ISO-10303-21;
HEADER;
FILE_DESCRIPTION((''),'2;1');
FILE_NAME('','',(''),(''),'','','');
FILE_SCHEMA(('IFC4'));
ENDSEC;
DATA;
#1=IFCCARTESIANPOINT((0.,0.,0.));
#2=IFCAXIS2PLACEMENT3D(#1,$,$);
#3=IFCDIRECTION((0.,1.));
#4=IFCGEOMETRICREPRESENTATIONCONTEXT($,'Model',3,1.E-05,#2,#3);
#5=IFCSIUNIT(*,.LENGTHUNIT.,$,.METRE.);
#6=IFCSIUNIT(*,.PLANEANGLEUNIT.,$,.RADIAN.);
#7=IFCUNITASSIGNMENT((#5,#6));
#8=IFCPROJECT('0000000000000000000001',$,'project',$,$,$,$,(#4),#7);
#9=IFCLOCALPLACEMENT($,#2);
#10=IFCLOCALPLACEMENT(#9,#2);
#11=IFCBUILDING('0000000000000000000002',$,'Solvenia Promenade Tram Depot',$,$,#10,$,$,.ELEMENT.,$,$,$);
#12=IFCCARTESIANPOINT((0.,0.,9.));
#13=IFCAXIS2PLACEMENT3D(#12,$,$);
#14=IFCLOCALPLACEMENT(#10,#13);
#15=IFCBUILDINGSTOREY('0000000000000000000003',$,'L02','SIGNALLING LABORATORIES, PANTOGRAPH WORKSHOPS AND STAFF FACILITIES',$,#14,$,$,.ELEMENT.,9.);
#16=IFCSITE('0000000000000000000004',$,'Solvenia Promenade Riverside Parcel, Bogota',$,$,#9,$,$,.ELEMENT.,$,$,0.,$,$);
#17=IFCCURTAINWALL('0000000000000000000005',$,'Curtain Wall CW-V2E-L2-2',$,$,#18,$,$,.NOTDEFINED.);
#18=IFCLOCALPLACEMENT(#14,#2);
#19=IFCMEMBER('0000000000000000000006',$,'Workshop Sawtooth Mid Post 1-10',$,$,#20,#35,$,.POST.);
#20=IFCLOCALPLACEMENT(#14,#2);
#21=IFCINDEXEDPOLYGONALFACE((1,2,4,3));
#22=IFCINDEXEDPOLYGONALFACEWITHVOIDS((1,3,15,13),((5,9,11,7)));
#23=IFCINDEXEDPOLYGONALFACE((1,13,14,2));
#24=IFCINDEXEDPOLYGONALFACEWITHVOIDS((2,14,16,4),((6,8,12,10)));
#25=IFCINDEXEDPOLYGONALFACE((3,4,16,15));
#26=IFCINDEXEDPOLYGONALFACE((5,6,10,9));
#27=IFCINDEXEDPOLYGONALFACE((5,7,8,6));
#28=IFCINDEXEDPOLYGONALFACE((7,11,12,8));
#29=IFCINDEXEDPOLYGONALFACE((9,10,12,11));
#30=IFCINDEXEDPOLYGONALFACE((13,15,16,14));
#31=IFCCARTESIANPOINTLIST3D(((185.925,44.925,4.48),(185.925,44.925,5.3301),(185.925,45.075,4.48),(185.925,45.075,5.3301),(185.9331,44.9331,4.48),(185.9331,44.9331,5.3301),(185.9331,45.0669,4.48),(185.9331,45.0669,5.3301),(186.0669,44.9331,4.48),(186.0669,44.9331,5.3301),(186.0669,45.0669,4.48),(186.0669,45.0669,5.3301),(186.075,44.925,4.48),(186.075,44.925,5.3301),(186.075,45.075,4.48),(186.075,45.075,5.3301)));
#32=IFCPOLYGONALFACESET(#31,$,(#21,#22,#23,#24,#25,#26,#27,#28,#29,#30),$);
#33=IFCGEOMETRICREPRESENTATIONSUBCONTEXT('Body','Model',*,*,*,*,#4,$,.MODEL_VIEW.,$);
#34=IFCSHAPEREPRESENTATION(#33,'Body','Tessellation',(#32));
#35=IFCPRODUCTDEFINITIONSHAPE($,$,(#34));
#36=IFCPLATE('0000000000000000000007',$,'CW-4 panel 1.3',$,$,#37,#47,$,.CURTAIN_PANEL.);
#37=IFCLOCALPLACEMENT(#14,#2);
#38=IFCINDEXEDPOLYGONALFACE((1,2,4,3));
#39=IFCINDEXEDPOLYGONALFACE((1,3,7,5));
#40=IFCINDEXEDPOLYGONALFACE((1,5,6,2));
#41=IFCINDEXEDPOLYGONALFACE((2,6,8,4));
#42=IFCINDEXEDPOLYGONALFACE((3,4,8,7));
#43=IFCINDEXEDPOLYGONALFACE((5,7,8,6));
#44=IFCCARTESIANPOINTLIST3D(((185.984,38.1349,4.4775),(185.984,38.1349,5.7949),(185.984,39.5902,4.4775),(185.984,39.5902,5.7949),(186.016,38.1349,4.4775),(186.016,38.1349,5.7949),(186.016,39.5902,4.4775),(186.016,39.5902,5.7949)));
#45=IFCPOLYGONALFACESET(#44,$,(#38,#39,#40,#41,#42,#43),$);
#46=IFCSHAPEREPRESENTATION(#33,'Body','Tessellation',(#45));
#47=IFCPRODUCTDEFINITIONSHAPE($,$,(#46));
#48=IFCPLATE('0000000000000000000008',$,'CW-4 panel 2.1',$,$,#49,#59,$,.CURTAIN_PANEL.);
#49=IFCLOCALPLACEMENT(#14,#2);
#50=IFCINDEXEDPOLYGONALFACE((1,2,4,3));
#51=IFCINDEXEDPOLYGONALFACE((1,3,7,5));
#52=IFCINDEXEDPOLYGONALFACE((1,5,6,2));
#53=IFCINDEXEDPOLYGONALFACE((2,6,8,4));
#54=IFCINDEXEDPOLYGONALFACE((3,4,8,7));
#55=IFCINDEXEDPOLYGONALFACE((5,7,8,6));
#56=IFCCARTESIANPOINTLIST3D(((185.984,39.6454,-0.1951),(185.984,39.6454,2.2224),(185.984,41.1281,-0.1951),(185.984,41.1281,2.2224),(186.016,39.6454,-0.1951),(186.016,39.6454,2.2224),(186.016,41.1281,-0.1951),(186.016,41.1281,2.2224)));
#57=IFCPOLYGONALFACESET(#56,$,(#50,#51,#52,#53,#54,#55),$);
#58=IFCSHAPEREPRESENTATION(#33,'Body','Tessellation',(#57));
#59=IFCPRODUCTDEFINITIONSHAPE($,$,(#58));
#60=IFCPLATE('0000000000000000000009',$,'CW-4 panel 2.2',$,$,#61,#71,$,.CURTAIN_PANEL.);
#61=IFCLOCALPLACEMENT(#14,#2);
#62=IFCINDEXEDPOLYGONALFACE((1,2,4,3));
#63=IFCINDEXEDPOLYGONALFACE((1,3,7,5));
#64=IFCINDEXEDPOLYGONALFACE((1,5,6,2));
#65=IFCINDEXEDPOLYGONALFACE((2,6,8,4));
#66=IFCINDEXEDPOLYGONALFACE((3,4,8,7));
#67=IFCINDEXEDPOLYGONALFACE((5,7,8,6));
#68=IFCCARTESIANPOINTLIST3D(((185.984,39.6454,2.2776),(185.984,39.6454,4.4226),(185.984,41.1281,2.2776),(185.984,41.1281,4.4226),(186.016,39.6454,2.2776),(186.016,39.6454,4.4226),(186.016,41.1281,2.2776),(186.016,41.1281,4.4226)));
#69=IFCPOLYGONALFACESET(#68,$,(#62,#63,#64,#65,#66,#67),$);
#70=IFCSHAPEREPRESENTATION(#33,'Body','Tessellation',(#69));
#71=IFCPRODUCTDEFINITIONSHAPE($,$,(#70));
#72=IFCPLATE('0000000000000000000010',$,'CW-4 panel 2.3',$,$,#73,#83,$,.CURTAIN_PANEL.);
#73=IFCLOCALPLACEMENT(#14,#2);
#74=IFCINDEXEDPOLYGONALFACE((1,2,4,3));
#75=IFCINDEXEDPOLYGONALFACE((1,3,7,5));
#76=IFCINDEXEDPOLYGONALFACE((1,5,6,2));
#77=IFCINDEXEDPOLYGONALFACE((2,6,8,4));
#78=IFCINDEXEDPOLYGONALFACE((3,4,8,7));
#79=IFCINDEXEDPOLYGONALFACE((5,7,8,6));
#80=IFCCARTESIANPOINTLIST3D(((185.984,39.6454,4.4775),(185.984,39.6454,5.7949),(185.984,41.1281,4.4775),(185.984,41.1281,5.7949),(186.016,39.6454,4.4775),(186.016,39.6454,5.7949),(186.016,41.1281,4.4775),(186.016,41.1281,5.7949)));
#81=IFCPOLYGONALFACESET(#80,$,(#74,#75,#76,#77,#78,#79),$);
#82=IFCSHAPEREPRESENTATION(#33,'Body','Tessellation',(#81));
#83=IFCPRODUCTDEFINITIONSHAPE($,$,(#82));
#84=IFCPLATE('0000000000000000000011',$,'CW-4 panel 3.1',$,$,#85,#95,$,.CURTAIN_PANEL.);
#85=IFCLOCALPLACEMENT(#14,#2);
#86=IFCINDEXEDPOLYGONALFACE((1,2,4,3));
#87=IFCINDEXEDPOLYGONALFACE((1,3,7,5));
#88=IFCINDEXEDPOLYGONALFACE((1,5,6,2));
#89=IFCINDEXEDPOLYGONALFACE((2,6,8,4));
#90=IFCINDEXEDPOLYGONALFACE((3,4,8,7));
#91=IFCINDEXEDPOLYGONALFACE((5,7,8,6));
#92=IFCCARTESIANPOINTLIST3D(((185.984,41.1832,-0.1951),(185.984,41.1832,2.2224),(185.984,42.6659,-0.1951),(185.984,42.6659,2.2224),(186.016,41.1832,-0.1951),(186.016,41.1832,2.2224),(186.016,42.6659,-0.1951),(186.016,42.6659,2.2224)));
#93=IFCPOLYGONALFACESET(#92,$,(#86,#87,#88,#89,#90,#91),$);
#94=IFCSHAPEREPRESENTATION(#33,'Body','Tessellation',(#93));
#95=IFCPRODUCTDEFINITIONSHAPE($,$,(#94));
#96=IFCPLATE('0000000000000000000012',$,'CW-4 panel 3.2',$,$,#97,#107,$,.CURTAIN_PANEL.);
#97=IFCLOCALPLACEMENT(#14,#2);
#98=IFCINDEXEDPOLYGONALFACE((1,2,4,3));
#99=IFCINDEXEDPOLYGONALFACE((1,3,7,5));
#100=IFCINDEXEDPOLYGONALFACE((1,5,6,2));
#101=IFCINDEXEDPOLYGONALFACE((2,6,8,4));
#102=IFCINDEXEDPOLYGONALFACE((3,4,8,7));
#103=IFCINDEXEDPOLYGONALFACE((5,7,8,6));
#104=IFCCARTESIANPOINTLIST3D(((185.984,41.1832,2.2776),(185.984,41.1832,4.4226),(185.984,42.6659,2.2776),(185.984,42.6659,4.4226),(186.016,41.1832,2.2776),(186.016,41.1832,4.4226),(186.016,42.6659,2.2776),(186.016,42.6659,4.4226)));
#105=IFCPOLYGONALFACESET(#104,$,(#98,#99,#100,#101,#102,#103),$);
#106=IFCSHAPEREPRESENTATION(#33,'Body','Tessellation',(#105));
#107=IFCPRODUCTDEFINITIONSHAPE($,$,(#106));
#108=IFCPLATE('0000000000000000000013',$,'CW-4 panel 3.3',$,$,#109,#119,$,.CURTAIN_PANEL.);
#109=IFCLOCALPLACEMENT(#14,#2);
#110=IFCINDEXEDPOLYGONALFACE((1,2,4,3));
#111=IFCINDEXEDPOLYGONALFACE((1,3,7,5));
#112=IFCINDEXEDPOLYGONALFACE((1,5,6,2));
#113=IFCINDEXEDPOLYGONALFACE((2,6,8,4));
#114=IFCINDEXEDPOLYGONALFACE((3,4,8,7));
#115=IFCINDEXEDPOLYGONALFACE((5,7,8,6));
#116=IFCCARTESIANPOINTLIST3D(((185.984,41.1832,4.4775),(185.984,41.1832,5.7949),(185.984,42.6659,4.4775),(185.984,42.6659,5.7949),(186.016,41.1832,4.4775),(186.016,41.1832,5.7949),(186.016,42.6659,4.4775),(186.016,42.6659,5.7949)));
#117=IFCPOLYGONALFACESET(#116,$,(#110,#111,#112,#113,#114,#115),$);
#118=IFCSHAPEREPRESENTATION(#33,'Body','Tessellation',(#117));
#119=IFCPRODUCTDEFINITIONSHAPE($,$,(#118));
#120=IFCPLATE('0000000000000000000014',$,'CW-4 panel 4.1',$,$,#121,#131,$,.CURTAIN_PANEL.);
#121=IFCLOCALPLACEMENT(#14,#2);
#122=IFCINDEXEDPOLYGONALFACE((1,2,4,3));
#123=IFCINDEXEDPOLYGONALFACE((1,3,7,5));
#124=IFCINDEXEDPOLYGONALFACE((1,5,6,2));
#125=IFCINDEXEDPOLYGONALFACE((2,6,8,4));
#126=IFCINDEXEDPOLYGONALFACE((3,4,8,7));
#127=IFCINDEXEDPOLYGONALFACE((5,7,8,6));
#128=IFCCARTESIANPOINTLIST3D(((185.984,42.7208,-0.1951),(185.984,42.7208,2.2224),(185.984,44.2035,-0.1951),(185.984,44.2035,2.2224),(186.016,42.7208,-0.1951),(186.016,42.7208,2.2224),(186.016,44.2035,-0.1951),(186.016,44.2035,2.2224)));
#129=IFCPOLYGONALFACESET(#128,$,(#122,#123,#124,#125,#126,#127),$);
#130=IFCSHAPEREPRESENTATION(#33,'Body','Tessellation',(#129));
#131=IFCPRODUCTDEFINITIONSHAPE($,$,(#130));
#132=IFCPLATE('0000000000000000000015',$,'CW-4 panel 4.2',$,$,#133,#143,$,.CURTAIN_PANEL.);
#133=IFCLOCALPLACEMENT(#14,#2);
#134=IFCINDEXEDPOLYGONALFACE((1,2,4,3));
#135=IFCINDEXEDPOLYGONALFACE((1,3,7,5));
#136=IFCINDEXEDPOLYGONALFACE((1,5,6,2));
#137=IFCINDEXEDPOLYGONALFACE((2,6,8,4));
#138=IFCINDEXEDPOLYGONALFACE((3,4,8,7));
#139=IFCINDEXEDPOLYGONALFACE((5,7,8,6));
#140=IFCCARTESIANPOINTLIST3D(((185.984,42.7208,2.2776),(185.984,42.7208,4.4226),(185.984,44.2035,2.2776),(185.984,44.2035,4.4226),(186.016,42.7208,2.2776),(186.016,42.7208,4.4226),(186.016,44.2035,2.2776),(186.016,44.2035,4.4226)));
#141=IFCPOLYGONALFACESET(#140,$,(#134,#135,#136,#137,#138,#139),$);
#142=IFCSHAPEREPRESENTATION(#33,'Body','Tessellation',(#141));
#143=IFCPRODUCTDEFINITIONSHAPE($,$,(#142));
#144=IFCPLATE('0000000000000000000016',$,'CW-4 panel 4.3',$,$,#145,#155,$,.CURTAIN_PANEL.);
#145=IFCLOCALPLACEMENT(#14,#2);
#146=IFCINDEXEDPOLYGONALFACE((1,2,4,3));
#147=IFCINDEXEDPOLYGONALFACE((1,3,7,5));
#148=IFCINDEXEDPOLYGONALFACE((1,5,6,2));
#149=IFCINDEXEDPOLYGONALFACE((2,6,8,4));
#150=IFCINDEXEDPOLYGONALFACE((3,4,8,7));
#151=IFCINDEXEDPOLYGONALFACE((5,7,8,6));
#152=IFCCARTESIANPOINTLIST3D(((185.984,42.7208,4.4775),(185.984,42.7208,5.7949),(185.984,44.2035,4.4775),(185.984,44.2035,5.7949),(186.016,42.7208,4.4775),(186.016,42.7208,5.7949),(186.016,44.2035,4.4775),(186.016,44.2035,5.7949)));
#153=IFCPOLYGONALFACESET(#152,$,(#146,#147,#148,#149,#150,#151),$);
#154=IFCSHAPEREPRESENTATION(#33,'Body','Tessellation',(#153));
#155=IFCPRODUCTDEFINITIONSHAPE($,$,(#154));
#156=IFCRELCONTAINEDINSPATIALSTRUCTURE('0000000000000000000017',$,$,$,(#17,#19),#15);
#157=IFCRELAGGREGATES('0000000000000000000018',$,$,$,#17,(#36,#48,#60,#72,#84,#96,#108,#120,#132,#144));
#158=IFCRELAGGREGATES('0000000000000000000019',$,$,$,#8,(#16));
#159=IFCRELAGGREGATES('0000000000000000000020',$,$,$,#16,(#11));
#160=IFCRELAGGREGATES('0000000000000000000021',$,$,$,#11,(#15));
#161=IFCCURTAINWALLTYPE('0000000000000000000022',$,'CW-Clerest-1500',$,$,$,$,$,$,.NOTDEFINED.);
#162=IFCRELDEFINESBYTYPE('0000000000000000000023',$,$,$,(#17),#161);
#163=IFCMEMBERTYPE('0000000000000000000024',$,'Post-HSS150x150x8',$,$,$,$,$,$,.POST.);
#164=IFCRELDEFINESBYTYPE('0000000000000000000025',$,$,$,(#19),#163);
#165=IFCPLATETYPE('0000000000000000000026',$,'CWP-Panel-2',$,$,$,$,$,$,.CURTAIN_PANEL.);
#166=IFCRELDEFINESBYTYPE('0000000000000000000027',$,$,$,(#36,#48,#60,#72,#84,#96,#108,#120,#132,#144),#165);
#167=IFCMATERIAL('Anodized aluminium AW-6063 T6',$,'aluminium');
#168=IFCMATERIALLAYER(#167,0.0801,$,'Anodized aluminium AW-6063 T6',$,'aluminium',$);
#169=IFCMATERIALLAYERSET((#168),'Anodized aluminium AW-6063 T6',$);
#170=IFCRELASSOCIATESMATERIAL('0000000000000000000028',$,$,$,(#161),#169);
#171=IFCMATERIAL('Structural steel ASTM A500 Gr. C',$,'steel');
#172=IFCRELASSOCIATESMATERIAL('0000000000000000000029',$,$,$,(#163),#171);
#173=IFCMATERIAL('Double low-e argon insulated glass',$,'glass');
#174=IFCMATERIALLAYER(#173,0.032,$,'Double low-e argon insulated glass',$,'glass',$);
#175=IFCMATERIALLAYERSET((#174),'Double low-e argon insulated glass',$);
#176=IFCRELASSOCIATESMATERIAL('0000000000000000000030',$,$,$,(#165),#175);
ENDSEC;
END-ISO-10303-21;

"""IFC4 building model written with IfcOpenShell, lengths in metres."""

from ifc_helpers import new_model, si_unit, direction, frame, origin, origin_2d, place, context, subcontext, project, spatial, rectangle, hollow_rectangle, extrude, material, layer, layer_set, material_profile, profile_set, type_object, element, aggregate, save


model = new_model("IFC4")

# Units and contexts
model_context = context("Model", 3, precision=1e-05, world=origin(), true_north=direction((0.0, 1.0)))
body_context = subcontext(model_context, "Body", "Model", "MODEL_VIEW")
ifc_project = project(units=[si_unit("LENGTHUNIT", "METRE"), si_unit("PLANEANGLEUNIT", "RADIAN")], contexts=[model_context])

# Site, building, storey
site_placement = place(None, origin())
site = spatial("IfcSite", under=ifc_project, at=site_placement, Name="Solvenia Promenade Riverside Parcel, Bogota", CompositionType="ELEMENT", RefElevation=0.0)
building_placement = place(site_placement, origin())
building = spatial("IfcBuilding", under=site, at=building_placement, Name="Solvenia Promenade Tram Depot", CompositionType="ELEMENT")
storey_placement = place(building_placement, frame((0.0, 0.0, 9.0)))
storey = spatial("IfcBuildingStorey", under=building, at=storey_placement, Name="L02", Description="SIGNALLING LABORATORIES, PANTOGRAPH WORKSHOPS AND STAFF FACILITIES", CompositionType="ELEMENT", Elevation=9.0)

# Curtain wall
ifc_material_1 = material(Name="Anodized aluminium AW-6063 T6", Category="aluminium")
ifc_layer_1 = layer(ifc_material_1, 0.0801, Name="Anodized aluminium AW-6063 T6", Category="aluminium")
ifc_layer_set_1 = layer_set([ifc_layer_1], Name="Anodized aluminium AW-6063 T6")
curtain_wall_type = type_object("IfcCurtainWallType", Name="CW-Clerest-1500", PredefinedType="NOTDEFINED", material=ifc_layer_set_1)
curtain_wall_placement = place(storey_placement, origin())
curtain_wall = element("IfcCurtainWall", 1, at=curtain_wall_placement, inside=storey, type_object=curtain_wall_type, Name="Curtain Wall CW-V2E-L2-2", PredefinedType="NOTDEFINED")

# Member
ifc_material_2 = material(Name="Structural steel ASTM A500 Gr. C", Category="steel")
ifc_material_profile_1 = material_profile(ifc_material_2, hollow_rectangle(XDim=0.1499, YDim=0.1499, WallThickness=0.0081, at=origin_2d()), Name="HSS150x150x8", Category="steel")
ifc_profile_set_1 = profile_set([ifc_material_profile_1], Name="Structural steel ASTM A500 Gr. C")
member_type_1 = type_object("IfcMemberType", Name="Post-HSS150x150x8", PredefinedType="POST", material=ifc_profile_set_1)
member_1_placement = place(storey_placement, frame((186.0, 45.0, 4.48), z_axis=(0.0, 0.0, 1.0), x_axis=(1.0, 0.0, 0.0)))
element("IfcMember", 2, at=member_1_placement, inside=storey, type_object=member_type_1, Name="Workshop Sawtooth Mid Post 1-10", PredefinedType="POST", context=body_context, shape_type="SweptSolid", body=[
    extrude(hollow_rectangle(XDim=0.1499, YDim=0.1499, WallThickness=0.0081, at=origin_2d()), origin(), (0.0, 0.0, 1.0), 0.8501),
])

# Plates
ifc_material_3 = material(Name="Double low-e argon insulated glass", Category="glass")
ifc_layer_2 = layer(ifc_material_3, 0.032, Name="Double low-e argon insulated glass", Category="glass")
ifc_layer_set_2 = layer_set([ifc_layer_2], Name="Double low-e argon insulated glass")
plate_type = type_object("IfcPlateType", Name="CWP-Panel-2", PredefinedType="CURTAIN_PANEL", material=ifc_layer_set_2)
plate_1_placement = place(storey_placement, frame((186.0, 38.8625, 4.4775), z_axis=(0.0, 0.0, 1.0), x_axis=(0.0, 1.0, 0.0)))
plate_1 = element("IfcPlate", 3, at=plate_1_placement, type_object=plate_type, Name="CW-4 panel 1.3", PredefinedType="CURTAIN_PANEL", context=body_context, shape_type="SweptSolid", body=[
    extrude(rectangle(XDim=1.4553, YDim=0.032, at=origin_2d()), origin(), (0.0, 0.0, 1.0), 1.3174),
])
plate_2_placement = place(storey_placement, frame((186.0, 40.3867, -0.1951), z_axis=(0.0, 0.0, 1.0), x_axis=(0.0, 1.0, 0.0)))
plate_2 = element("IfcPlate", 4, at=plate_2_placement, type_object=plate_type, Name="CW-4 panel 2.1", PredefinedType="CURTAIN_PANEL", context=body_context, shape_type="SweptSolid", body=[
    extrude(rectangle(XDim=1.4827, YDim=0.032, at=origin_2d()), origin(), (0.0, 0.0, 1.0), 2.4175),
])
plate_3_placement = place(storey_placement, frame((186.0, 40.3867, 2.2776), z_axis=(0.0, 0.0, 1.0), x_axis=(0.0, 1.0, 0.0)))
plate_3 = element("IfcPlate", 5, at=plate_3_placement, type_object=plate_type, Name="CW-4 panel 2.2", PredefinedType="CURTAIN_PANEL", context=body_context, shape_type="SweptSolid", body=[
    extrude(rectangle(XDim=1.4827, YDim=0.032, at=origin_2d()), origin(), (0.0, 0.0, 1.0), 2.145),
])
plate_4_placement = place(storey_placement, frame((186.0, 40.3867, 4.4775), z_axis=(0.0, 0.0, 1.0), x_axis=(0.0, 1.0, 0.0)))
plate_4 = element("IfcPlate", 6, at=plate_4_placement, type_object=plate_type, Name="CW-4 panel 2.3", PredefinedType="CURTAIN_PANEL", context=body_context, shape_type="SweptSolid", body=[
    extrude(rectangle(XDim=1.4827, YDim=0.032, at=origin_2d()), origin(), (0.0, 0.0, 1.0), 1.3174),
])
plate_5_placement = place(storey_placement, frame((186.0, 41.9246, -0.1951), z_axis=(0.0, 0.0, 1.0), x_axis=(0.0, 1.0, 0.0)))
plate_5 = element("IfcPlate", 7, at=plate_5_placement, type_object=plate_type, Name="CW-4 panel 3.1", PredefinedType="CURTAIN_PANEL", context=body_context, shape_type="SweptSolid", body=[
    extrude(rectangle(XDim=1.4827, YDim=0.032, at=origin_2d()), origin(), (0.0, 0.0, 1.0), 2.4175),
])
plate_6_placement = place(storey_placement, frame((186.0, 41.9246, 2.2776), z_axis=(0.0, 0.0, 1.0), x_axis=(0.0, 1.0, 0.0)))
plate_6 = element("IfcPlate", 8, at=plate_6_placement, type_object=plate_type, Name="CW-4 panel 3.2", PredefinedType="CURTAIN_PANEL", context=body_context, shape_type="SweptSolid", body=[
    extrude(rectangle(XDim=1.4827, YDim=0.032, at=origin_2d()), origin(), (0.0, 0.0, 1.0), 2.145),
])
plate_7_placement = place(storey_placement, frame((186.0, 41.9246, 4.4775), z_axis=(0.0, 0.0, 1.0), x_axis=(0.0, 1.0, 0.0)))
plate_7 = element("IfcPlate", 9, at=plate_7_placement, type_object=plate_type, Name="CW-4 panel 3.3", PredefinedType="CURTAIN_PANEL", context=body_context, shape_type="SweptSolid", body=[
    extrude(rectangle(XDim=1.4827, YDim=0.032, at=origin_2d()), origin(), (0.0, 0.0, 1.0), 1.3174),
])
plate_8_placement = place(storey_placement, frame((186.0, 43.4622, -0.1951), z_axis=(0.0, 0.0, 1.0), x_axis=(0.0, 1.0, 0.0)))
plate_8 = element("IfcPlate", 10, at=plate_8_placement, type_object=plate_type, Name="CW-4 panel 4.1", PredefinedType="CURTAIN_PANEL", context=body_context, shape_type="SweptSolid", body=[
    extrude(rectangle(XDim=1.4827, YDim=0.032, at=origin_2d()), origin(), (0.0, 0.0, 1.0), 2.4175),
])
plate_9_placement = place(storey_placement, frame((186.0, 43.4622, 2.2776), z_axis=(0.0, 0.0, 1.0), x_axis=(0.0, 1.0, 0.0)))
plate_9 = element("IfcPlate", 11, at=plate_9_placement, type_object=plate_type, Name="CW-4 panel 4.2", PredefinedType="CURTAIN_PANEL", context=body_context, shape_type="SweptSolid", body=[
    extrude(rectangle(XDim=1.4827, YDim=0.032, at=origin_2d()), origin(), (0.0, 0.0, 1.0), 2.145),
])
plate_10_placement = place(storey_placement, frame((186.0, 43.4622, 4.4775), z_axis=(0.0, 0.0, 1.0), x_axis=(0.0, 1.0, 0.0)))
plate_10 = element("IfcPlate", 12, at=plate_10_placement, type_object=plate_type, Name="CW-4 panel 4.3", PredefinedType="CURTAIN_PANEL", context=body_context, shape_type="SweptSolid", body=[
    extrude(rectangle(XDim=1.4827, YDim=0.032, at=origin_2d()), origin(), (0.0, 0.0, 1.0), 1.3174),
])
aggregate(curtain_wall, [plate_1, plate_2, plate_3, plate_4, plate_5, plate_6, plate_7, plate_8, plate_9, plate_10])

save(model, "model.ifc")
